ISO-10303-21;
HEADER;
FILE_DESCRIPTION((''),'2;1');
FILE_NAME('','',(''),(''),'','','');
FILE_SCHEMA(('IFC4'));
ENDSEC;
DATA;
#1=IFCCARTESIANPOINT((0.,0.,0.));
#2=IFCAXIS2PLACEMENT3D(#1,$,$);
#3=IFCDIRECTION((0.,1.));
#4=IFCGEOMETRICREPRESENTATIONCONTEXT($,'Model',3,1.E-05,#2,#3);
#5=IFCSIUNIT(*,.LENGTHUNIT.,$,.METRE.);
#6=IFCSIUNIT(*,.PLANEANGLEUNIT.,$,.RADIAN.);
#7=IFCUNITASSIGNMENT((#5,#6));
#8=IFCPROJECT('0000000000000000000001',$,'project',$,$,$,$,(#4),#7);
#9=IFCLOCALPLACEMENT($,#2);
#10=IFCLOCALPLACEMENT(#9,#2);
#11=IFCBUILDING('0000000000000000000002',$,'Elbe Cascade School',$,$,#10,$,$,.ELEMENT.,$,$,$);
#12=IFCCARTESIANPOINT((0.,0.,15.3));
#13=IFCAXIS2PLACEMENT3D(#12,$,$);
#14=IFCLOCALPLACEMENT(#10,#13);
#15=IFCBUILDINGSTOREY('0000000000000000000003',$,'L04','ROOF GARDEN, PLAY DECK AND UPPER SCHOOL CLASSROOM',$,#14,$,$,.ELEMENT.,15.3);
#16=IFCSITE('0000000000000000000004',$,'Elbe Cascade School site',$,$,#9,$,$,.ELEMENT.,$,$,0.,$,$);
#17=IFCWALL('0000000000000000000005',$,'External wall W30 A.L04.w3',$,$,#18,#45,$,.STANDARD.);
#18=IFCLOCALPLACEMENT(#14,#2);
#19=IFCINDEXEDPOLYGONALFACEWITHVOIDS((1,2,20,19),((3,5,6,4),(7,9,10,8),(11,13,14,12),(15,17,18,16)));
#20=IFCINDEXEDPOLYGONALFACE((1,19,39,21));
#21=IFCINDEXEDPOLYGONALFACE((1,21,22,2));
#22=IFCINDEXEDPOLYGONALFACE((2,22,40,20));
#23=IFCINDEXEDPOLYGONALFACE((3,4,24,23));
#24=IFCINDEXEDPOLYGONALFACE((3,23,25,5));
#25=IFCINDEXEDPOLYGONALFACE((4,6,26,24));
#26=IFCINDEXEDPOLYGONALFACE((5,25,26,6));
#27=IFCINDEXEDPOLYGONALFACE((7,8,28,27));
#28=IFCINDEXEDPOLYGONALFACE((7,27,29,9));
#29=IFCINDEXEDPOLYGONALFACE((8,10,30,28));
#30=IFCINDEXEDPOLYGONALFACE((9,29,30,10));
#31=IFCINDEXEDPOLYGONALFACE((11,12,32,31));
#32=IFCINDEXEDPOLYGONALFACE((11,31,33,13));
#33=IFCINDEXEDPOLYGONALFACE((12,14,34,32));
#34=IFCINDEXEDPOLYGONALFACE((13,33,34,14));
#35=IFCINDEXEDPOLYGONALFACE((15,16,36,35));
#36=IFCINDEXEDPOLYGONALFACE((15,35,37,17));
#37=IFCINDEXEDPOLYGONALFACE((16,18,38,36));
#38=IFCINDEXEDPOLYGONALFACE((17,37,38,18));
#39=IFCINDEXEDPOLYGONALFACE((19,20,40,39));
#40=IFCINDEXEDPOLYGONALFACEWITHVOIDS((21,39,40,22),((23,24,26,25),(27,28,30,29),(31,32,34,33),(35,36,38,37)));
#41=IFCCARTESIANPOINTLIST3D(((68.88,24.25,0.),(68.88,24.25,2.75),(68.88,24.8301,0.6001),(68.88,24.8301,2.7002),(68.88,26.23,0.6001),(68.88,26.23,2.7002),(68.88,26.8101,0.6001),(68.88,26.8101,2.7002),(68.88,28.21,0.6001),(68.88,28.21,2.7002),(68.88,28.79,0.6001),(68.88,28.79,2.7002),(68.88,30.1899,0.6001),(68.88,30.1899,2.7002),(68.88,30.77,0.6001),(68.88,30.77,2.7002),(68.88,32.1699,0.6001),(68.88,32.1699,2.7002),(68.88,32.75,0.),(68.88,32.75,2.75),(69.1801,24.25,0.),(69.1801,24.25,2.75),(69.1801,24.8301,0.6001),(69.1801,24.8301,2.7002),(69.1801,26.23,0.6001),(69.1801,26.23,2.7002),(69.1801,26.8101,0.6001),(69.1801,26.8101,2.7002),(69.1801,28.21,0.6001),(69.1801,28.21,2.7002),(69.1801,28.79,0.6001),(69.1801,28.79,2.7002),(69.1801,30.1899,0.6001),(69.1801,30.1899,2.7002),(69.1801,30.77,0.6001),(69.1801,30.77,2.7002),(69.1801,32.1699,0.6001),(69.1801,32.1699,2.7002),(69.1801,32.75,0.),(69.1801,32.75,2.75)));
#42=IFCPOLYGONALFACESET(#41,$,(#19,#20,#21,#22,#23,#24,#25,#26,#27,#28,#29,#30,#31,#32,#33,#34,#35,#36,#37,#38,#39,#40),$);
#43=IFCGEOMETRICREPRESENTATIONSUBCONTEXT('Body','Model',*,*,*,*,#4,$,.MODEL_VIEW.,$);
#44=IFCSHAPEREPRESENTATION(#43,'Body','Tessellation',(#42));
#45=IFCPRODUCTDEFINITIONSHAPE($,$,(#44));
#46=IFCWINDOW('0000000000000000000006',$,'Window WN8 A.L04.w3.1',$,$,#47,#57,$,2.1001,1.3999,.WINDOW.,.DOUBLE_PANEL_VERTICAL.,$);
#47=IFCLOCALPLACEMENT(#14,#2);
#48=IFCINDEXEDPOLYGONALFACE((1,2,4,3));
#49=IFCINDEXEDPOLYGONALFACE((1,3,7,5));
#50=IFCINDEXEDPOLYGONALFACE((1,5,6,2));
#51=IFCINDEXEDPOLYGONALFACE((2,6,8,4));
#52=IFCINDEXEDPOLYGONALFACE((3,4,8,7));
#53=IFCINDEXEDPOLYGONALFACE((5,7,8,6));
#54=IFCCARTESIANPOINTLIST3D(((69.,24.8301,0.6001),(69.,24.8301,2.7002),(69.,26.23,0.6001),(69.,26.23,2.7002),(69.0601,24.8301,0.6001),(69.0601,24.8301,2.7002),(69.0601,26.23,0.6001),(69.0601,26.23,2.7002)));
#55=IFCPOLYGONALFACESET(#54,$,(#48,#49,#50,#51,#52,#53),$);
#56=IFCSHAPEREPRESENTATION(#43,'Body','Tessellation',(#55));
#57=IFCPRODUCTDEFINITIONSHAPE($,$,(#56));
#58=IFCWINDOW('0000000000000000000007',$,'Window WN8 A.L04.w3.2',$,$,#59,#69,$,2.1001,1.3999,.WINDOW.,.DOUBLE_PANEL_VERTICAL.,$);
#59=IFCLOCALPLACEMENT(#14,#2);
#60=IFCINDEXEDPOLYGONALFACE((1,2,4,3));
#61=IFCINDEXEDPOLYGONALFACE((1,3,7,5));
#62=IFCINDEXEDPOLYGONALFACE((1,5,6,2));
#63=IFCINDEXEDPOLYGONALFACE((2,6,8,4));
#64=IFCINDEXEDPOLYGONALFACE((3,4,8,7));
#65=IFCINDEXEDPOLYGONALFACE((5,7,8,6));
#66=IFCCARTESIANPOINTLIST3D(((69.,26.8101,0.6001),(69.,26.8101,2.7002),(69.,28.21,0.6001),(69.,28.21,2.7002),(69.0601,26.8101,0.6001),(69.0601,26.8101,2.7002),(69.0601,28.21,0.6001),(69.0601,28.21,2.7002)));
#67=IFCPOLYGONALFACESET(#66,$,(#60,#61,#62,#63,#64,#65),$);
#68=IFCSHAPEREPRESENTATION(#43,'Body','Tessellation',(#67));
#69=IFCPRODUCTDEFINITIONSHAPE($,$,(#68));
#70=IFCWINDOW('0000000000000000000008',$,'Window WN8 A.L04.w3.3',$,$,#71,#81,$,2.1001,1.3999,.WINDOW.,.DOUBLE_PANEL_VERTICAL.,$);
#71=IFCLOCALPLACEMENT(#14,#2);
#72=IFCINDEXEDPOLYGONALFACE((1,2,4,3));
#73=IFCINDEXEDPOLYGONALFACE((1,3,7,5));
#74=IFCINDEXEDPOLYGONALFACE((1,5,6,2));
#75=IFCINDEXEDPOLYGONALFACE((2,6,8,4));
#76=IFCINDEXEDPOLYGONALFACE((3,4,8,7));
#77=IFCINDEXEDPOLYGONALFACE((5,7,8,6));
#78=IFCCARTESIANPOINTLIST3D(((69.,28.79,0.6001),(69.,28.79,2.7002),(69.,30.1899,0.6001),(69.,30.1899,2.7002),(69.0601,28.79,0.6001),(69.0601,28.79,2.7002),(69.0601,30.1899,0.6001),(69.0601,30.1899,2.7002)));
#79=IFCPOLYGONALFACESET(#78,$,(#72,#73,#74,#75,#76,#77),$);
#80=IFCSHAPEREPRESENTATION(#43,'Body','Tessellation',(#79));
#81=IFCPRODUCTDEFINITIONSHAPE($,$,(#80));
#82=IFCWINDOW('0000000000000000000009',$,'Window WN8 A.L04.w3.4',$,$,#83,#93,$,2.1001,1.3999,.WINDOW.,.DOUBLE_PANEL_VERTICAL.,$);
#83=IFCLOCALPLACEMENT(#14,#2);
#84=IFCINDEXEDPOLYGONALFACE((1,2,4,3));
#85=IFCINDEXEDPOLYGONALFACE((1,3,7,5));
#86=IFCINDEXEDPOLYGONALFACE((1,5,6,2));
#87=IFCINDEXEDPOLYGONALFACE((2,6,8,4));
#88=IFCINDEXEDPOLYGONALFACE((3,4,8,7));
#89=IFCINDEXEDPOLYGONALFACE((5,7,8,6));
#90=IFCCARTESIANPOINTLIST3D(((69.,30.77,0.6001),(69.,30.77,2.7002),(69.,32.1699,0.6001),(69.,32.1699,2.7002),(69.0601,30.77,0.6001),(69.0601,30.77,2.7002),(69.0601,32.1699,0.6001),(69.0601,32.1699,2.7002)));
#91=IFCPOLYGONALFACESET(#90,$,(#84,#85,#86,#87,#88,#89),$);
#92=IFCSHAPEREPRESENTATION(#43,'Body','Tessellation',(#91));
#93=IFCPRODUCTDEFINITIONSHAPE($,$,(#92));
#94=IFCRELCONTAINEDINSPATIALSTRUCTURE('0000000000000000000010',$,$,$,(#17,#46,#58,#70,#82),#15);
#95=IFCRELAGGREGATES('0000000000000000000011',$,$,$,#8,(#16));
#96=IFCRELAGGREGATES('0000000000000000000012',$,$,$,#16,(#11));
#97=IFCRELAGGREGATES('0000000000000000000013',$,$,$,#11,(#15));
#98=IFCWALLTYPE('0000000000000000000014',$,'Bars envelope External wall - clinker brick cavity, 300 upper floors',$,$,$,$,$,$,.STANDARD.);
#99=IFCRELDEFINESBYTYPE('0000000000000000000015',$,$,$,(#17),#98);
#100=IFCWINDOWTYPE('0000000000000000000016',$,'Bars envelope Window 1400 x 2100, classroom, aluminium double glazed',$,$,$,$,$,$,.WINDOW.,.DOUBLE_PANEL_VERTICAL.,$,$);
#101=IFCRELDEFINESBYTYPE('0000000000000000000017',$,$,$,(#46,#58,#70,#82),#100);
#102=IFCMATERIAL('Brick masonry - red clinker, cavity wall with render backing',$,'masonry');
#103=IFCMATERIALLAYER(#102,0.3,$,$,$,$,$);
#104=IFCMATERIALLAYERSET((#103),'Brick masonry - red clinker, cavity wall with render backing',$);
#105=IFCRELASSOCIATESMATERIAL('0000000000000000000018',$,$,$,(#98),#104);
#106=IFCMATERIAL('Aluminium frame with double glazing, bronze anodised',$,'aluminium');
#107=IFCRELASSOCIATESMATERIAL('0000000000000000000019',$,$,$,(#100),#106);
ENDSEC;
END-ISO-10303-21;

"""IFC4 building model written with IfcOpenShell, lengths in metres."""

from ifc_helpers import new_model, si_unit, direction, frame, frame_2d, origin, place, context, subcontext, project, spatial, rectangle, extrude, material, layer, layer_set, type_object, element, fill, save


model = new_model("IFC4")

# Units and contexts
model_context = context("Model", 3, precision=1e-05, world=origin(), true_north=direction((0.0, 1.0)))
body_context = subcontext(model_context, "Body", "Model", "MODEL_VIEW")
ifc_project = project(units=[si_unit("LENGTHUNIT", "METRE"), si_unit("PLANEANGLEUNIT", "RADIAN")], contexts=[model_context])

# Site, building, storey
site_placement = place(None, origin())
site = spatial("IfcSite", under=ifc_project, at=site_placement, Name="Elbe Cascade School site", CompositionType="ELEMENT", RefElevation=0.0)
building_placement = place(site_placement, origin())
building = spatial("IfcBuilding", under=site, at=building_placement, Name="Elbe Cascade School", CompositionType="ELEMENT")
storey_placement = place(building_placement, frame((0.0, 0.0, 15.3)))
storey = spatial("IfcBuildingStorey", under=building, at=storey_placement, Name="L04", Description="ROOF GARDEN, PLAY DECK AND UPPER SCHOOL CLASSROOM", CompositionType="ELEMENT", Elevation=15.3)

# Wall, openings, windows
ifc_material_1 = material(Name="Brick masonry - red clinker, cavity wall with render backing", Category="masonry")
ifc_layer_1 = layer(ifc_material_1, 0.3)
ifc_layer_set_1 = layer_set([ifc_layer_1], Name="Brick masonry - red clinker, cavity wall with render backing")
wall_type_1 = type_object("IfcWallType", Name="Bars envelope External wall - clinker brick cavity, 300 upper floors", PredefinedType="STANDARD", material=ifc_layer_set_1)
wall_1_placement = place(storey_placement, frame((69.03, 24.25, 0.0), z_axis=(0.0, 0.0, 1.0), x_axis=(0.0, 1.0, 0.0)))
wall_1 = element("IfcWall", 1, at=wall_1_placement, inside=storey, type_object=wall_type_1, Name="External wall W30 A.L04.w3", PredefinedType="STANDARD", context=body_context, shape_type="SweptSolid", body=[
    extrude(rectangle(XDim=8.5, YDim=0.3, at=frame_2d((4.25, 0.0))), origin(), (0.0, 0.0, 1.0), 2.75),
])
opening_1_placement = place(wall_1_placement, frame((0.5801, 0.0, 0.6001)))
opening_1 = element("IfcOpeningElement", 2, at=opening_1_placement, cuts=wall_1, PredefinedType="OPENING", context=body_context, shape_type="SweptSolid", body=[
    extrude(rectangle(XDim=1.3999, YDim=2.1001, at=frame_2d((0.7, 1.05))), frame((0.0, 0.1599, 0.0), z_axis=(0.0, -1.0, 0.0), x_axis=(1.0, 0.0, 0.0)), (0.0, 0.0, 1.0), 0.3201),
])
opening_2_placement = place(wall_1_placement, frame((2.5601, 0.0, 0.6001)))
opening_2 = element("IfcOpeningElement", 3, at=opening_2_placement, cuts=wall_1, PredefinedType="OPENING", context=body_context, shape_type="SweptSolid", body=[
    extrude(rectangle(XDim=1.3999, YDim=2.1001, at=frame_2d((0.7, 1.05))), frame((0.0, 0.1599, 0.0), z_axis=(0.0, -1.0, 0.0), x_axis=(1.0, 0.0, 0.0)), (0.0, 0.0, 1.0), 0.3201),
])
opening_3_placement = place(wall_1_placement, frame((4.54, 0.0, 0.6001)))
opening_3 = element("IfcOpeningElement", 4, at=opening_3_placement, cuts=wall_1, PredefinedType="OPENING", context=body_context, shape_type="SweptSolid", body=[
    extrude(rectangle(XDim=1.3999, YDim=2.1001, at=frame_2d((0.7, 1.05))), frame((0.0, 0.1599, 0.0), z_axis=(0.0, -1.0, 0.0), x_axis=(1.0, 0.0, 0.0)), (0.0, 0.0, 1.0), 0.3201),
])
opening_4_placement = place(wall_1_placement, frame((6.52, 0.0, 0.6001)))
opening_4 = element("IfcOpeningElement", 5, at=opening_4_placement, cuts=wall_1, PredefinedType="OPENING", context=body_context, shape_type="SweptSolid", body=[
    extrude(rectangle(XDim=1.3999, YDim=2.1001, at=frame_2d((0.7, 1.05))), frame((0.0, 0.1599, 0.0), z_axis=(0.0, -1.0, 0.0), x_axis=(1.0, 0.0, 0.0)), (0.0, 0.0, 1.0), 0.3201),
])
ifc_material_2 = material(Name="Aluminium frame with double glazing, bronze anodised", Category="aluminium")
window_type = type_object("IfcWindowType", Name="Bars envelope Window 1400 x 2100, classroom, aluminium double glazed", PartitioningType="DOUBLE_PANEL_VERTICAL", PredefinedType="WINDOW", material=ifc_material_2)
window_1_placement = place(opening_1_placement, origin())
window_1 = element("IfcWindow", 6, at=window_1_placement, inside=storey, type_object=window_type, Name="Window WN8 A.L04.w3.1", OverallHeight=2.1001, OverallWidth=1.3999, PartitioningType="DOUBLE_PANEL_VERTICAL", PredefinedType="WINDOW", context=body_context, shape_type="SweptSolid", body=[
    extrude(rectangle(XDim=1.3999, YDim=2.1001, at=frame_2d((0.7, 1.05))), frame((0.0, 0.03, 0.0), z_axis=(0.0, -1.0, 0.0), x_axis=(1.0, 0.0, 0.0)), (0.0, 0.0, 1.0), 0.0601),
])
fill(opening_1, window_1)
window_2_placement = place(opening_2_placement, origin())
window_2 = element("IfcWindow", 7, at=window_2_placement, inside=storey, type_object=window_type, Name="Window WN8 A.L04.w3.2", OverallHeight=2.1001, OverallWidth=1.3999, PartitioningType="DOUBLE_PANEL_VERTICAL", PredefinedType="WINDOW", context=body_context, shape_type="SweptSolid", body=[
    extrude(rectangle(XDim=1.3999, YDim=2.1001, at=frame_2d((0.7, 1.05))), frame((0.0, 0.03, 0.0), z_axis=(0.0, -1.0, 0.0), x_axis=(1.0, 0.0, 0.0)), (0.0, 0.0, 1.0), 0.0601),
])
fill(opening_2, window_2)
window_3_placement = place(opening_3_placement, origin())
window_3 = element("IfcWindow", 8, at=window_3_placement, inside=storey, type_object=window_type, Name="Window WN8 A.L04.w3.3", OverallHeight=2.1001, OverallWidth=1.3999, PartitioningType="DOUBLE_PANEL_VERTICAL", PredefinedType="WINDOW", context=body_context, shape_type="SweptSolid", body=[
    extrude(rectangle(XDim=1.3999, YDim=2.1001, at=frame_2d((0.7, 1.05))), frame((0.0, 0.03, 0.0), z_axis=(0.0, -1.0, 0.0), x_axis=(1.0, 0.0, 0.0)), (0.0, 0.0, 1.0), 0.0601),
])
fill(opening_3, window_3)
window_4_placement = place(opening_4_placement, origin())
window_4 = element("IfcWindow", 9, at=window_4_placement, inside=storey, type_object=window_type, Name="Window WN8 A.L04.w3.4", OverallHeight=2.1001, OverallWidth=1.3999, PartitioningType="DOUBLE_PANEL_VERTICAL", PredefinedType="WINDOW", context=body_context, shape_type="SweptSolid", body=[
    extrude(rectangle(XDim=1.3999, YDim=2.1001, at=frame_2d((0.7, 1.05))), frame((0.0, 0.03, 0.0), z_axis=(0.0, -1.0, 0.0), x_axis=(1.0, 0.0, 0.0)), (0.0, 0.0, 1.0), 0.0601),
])
fill(opening_4, window_4)

save(model, "model.ifc")
